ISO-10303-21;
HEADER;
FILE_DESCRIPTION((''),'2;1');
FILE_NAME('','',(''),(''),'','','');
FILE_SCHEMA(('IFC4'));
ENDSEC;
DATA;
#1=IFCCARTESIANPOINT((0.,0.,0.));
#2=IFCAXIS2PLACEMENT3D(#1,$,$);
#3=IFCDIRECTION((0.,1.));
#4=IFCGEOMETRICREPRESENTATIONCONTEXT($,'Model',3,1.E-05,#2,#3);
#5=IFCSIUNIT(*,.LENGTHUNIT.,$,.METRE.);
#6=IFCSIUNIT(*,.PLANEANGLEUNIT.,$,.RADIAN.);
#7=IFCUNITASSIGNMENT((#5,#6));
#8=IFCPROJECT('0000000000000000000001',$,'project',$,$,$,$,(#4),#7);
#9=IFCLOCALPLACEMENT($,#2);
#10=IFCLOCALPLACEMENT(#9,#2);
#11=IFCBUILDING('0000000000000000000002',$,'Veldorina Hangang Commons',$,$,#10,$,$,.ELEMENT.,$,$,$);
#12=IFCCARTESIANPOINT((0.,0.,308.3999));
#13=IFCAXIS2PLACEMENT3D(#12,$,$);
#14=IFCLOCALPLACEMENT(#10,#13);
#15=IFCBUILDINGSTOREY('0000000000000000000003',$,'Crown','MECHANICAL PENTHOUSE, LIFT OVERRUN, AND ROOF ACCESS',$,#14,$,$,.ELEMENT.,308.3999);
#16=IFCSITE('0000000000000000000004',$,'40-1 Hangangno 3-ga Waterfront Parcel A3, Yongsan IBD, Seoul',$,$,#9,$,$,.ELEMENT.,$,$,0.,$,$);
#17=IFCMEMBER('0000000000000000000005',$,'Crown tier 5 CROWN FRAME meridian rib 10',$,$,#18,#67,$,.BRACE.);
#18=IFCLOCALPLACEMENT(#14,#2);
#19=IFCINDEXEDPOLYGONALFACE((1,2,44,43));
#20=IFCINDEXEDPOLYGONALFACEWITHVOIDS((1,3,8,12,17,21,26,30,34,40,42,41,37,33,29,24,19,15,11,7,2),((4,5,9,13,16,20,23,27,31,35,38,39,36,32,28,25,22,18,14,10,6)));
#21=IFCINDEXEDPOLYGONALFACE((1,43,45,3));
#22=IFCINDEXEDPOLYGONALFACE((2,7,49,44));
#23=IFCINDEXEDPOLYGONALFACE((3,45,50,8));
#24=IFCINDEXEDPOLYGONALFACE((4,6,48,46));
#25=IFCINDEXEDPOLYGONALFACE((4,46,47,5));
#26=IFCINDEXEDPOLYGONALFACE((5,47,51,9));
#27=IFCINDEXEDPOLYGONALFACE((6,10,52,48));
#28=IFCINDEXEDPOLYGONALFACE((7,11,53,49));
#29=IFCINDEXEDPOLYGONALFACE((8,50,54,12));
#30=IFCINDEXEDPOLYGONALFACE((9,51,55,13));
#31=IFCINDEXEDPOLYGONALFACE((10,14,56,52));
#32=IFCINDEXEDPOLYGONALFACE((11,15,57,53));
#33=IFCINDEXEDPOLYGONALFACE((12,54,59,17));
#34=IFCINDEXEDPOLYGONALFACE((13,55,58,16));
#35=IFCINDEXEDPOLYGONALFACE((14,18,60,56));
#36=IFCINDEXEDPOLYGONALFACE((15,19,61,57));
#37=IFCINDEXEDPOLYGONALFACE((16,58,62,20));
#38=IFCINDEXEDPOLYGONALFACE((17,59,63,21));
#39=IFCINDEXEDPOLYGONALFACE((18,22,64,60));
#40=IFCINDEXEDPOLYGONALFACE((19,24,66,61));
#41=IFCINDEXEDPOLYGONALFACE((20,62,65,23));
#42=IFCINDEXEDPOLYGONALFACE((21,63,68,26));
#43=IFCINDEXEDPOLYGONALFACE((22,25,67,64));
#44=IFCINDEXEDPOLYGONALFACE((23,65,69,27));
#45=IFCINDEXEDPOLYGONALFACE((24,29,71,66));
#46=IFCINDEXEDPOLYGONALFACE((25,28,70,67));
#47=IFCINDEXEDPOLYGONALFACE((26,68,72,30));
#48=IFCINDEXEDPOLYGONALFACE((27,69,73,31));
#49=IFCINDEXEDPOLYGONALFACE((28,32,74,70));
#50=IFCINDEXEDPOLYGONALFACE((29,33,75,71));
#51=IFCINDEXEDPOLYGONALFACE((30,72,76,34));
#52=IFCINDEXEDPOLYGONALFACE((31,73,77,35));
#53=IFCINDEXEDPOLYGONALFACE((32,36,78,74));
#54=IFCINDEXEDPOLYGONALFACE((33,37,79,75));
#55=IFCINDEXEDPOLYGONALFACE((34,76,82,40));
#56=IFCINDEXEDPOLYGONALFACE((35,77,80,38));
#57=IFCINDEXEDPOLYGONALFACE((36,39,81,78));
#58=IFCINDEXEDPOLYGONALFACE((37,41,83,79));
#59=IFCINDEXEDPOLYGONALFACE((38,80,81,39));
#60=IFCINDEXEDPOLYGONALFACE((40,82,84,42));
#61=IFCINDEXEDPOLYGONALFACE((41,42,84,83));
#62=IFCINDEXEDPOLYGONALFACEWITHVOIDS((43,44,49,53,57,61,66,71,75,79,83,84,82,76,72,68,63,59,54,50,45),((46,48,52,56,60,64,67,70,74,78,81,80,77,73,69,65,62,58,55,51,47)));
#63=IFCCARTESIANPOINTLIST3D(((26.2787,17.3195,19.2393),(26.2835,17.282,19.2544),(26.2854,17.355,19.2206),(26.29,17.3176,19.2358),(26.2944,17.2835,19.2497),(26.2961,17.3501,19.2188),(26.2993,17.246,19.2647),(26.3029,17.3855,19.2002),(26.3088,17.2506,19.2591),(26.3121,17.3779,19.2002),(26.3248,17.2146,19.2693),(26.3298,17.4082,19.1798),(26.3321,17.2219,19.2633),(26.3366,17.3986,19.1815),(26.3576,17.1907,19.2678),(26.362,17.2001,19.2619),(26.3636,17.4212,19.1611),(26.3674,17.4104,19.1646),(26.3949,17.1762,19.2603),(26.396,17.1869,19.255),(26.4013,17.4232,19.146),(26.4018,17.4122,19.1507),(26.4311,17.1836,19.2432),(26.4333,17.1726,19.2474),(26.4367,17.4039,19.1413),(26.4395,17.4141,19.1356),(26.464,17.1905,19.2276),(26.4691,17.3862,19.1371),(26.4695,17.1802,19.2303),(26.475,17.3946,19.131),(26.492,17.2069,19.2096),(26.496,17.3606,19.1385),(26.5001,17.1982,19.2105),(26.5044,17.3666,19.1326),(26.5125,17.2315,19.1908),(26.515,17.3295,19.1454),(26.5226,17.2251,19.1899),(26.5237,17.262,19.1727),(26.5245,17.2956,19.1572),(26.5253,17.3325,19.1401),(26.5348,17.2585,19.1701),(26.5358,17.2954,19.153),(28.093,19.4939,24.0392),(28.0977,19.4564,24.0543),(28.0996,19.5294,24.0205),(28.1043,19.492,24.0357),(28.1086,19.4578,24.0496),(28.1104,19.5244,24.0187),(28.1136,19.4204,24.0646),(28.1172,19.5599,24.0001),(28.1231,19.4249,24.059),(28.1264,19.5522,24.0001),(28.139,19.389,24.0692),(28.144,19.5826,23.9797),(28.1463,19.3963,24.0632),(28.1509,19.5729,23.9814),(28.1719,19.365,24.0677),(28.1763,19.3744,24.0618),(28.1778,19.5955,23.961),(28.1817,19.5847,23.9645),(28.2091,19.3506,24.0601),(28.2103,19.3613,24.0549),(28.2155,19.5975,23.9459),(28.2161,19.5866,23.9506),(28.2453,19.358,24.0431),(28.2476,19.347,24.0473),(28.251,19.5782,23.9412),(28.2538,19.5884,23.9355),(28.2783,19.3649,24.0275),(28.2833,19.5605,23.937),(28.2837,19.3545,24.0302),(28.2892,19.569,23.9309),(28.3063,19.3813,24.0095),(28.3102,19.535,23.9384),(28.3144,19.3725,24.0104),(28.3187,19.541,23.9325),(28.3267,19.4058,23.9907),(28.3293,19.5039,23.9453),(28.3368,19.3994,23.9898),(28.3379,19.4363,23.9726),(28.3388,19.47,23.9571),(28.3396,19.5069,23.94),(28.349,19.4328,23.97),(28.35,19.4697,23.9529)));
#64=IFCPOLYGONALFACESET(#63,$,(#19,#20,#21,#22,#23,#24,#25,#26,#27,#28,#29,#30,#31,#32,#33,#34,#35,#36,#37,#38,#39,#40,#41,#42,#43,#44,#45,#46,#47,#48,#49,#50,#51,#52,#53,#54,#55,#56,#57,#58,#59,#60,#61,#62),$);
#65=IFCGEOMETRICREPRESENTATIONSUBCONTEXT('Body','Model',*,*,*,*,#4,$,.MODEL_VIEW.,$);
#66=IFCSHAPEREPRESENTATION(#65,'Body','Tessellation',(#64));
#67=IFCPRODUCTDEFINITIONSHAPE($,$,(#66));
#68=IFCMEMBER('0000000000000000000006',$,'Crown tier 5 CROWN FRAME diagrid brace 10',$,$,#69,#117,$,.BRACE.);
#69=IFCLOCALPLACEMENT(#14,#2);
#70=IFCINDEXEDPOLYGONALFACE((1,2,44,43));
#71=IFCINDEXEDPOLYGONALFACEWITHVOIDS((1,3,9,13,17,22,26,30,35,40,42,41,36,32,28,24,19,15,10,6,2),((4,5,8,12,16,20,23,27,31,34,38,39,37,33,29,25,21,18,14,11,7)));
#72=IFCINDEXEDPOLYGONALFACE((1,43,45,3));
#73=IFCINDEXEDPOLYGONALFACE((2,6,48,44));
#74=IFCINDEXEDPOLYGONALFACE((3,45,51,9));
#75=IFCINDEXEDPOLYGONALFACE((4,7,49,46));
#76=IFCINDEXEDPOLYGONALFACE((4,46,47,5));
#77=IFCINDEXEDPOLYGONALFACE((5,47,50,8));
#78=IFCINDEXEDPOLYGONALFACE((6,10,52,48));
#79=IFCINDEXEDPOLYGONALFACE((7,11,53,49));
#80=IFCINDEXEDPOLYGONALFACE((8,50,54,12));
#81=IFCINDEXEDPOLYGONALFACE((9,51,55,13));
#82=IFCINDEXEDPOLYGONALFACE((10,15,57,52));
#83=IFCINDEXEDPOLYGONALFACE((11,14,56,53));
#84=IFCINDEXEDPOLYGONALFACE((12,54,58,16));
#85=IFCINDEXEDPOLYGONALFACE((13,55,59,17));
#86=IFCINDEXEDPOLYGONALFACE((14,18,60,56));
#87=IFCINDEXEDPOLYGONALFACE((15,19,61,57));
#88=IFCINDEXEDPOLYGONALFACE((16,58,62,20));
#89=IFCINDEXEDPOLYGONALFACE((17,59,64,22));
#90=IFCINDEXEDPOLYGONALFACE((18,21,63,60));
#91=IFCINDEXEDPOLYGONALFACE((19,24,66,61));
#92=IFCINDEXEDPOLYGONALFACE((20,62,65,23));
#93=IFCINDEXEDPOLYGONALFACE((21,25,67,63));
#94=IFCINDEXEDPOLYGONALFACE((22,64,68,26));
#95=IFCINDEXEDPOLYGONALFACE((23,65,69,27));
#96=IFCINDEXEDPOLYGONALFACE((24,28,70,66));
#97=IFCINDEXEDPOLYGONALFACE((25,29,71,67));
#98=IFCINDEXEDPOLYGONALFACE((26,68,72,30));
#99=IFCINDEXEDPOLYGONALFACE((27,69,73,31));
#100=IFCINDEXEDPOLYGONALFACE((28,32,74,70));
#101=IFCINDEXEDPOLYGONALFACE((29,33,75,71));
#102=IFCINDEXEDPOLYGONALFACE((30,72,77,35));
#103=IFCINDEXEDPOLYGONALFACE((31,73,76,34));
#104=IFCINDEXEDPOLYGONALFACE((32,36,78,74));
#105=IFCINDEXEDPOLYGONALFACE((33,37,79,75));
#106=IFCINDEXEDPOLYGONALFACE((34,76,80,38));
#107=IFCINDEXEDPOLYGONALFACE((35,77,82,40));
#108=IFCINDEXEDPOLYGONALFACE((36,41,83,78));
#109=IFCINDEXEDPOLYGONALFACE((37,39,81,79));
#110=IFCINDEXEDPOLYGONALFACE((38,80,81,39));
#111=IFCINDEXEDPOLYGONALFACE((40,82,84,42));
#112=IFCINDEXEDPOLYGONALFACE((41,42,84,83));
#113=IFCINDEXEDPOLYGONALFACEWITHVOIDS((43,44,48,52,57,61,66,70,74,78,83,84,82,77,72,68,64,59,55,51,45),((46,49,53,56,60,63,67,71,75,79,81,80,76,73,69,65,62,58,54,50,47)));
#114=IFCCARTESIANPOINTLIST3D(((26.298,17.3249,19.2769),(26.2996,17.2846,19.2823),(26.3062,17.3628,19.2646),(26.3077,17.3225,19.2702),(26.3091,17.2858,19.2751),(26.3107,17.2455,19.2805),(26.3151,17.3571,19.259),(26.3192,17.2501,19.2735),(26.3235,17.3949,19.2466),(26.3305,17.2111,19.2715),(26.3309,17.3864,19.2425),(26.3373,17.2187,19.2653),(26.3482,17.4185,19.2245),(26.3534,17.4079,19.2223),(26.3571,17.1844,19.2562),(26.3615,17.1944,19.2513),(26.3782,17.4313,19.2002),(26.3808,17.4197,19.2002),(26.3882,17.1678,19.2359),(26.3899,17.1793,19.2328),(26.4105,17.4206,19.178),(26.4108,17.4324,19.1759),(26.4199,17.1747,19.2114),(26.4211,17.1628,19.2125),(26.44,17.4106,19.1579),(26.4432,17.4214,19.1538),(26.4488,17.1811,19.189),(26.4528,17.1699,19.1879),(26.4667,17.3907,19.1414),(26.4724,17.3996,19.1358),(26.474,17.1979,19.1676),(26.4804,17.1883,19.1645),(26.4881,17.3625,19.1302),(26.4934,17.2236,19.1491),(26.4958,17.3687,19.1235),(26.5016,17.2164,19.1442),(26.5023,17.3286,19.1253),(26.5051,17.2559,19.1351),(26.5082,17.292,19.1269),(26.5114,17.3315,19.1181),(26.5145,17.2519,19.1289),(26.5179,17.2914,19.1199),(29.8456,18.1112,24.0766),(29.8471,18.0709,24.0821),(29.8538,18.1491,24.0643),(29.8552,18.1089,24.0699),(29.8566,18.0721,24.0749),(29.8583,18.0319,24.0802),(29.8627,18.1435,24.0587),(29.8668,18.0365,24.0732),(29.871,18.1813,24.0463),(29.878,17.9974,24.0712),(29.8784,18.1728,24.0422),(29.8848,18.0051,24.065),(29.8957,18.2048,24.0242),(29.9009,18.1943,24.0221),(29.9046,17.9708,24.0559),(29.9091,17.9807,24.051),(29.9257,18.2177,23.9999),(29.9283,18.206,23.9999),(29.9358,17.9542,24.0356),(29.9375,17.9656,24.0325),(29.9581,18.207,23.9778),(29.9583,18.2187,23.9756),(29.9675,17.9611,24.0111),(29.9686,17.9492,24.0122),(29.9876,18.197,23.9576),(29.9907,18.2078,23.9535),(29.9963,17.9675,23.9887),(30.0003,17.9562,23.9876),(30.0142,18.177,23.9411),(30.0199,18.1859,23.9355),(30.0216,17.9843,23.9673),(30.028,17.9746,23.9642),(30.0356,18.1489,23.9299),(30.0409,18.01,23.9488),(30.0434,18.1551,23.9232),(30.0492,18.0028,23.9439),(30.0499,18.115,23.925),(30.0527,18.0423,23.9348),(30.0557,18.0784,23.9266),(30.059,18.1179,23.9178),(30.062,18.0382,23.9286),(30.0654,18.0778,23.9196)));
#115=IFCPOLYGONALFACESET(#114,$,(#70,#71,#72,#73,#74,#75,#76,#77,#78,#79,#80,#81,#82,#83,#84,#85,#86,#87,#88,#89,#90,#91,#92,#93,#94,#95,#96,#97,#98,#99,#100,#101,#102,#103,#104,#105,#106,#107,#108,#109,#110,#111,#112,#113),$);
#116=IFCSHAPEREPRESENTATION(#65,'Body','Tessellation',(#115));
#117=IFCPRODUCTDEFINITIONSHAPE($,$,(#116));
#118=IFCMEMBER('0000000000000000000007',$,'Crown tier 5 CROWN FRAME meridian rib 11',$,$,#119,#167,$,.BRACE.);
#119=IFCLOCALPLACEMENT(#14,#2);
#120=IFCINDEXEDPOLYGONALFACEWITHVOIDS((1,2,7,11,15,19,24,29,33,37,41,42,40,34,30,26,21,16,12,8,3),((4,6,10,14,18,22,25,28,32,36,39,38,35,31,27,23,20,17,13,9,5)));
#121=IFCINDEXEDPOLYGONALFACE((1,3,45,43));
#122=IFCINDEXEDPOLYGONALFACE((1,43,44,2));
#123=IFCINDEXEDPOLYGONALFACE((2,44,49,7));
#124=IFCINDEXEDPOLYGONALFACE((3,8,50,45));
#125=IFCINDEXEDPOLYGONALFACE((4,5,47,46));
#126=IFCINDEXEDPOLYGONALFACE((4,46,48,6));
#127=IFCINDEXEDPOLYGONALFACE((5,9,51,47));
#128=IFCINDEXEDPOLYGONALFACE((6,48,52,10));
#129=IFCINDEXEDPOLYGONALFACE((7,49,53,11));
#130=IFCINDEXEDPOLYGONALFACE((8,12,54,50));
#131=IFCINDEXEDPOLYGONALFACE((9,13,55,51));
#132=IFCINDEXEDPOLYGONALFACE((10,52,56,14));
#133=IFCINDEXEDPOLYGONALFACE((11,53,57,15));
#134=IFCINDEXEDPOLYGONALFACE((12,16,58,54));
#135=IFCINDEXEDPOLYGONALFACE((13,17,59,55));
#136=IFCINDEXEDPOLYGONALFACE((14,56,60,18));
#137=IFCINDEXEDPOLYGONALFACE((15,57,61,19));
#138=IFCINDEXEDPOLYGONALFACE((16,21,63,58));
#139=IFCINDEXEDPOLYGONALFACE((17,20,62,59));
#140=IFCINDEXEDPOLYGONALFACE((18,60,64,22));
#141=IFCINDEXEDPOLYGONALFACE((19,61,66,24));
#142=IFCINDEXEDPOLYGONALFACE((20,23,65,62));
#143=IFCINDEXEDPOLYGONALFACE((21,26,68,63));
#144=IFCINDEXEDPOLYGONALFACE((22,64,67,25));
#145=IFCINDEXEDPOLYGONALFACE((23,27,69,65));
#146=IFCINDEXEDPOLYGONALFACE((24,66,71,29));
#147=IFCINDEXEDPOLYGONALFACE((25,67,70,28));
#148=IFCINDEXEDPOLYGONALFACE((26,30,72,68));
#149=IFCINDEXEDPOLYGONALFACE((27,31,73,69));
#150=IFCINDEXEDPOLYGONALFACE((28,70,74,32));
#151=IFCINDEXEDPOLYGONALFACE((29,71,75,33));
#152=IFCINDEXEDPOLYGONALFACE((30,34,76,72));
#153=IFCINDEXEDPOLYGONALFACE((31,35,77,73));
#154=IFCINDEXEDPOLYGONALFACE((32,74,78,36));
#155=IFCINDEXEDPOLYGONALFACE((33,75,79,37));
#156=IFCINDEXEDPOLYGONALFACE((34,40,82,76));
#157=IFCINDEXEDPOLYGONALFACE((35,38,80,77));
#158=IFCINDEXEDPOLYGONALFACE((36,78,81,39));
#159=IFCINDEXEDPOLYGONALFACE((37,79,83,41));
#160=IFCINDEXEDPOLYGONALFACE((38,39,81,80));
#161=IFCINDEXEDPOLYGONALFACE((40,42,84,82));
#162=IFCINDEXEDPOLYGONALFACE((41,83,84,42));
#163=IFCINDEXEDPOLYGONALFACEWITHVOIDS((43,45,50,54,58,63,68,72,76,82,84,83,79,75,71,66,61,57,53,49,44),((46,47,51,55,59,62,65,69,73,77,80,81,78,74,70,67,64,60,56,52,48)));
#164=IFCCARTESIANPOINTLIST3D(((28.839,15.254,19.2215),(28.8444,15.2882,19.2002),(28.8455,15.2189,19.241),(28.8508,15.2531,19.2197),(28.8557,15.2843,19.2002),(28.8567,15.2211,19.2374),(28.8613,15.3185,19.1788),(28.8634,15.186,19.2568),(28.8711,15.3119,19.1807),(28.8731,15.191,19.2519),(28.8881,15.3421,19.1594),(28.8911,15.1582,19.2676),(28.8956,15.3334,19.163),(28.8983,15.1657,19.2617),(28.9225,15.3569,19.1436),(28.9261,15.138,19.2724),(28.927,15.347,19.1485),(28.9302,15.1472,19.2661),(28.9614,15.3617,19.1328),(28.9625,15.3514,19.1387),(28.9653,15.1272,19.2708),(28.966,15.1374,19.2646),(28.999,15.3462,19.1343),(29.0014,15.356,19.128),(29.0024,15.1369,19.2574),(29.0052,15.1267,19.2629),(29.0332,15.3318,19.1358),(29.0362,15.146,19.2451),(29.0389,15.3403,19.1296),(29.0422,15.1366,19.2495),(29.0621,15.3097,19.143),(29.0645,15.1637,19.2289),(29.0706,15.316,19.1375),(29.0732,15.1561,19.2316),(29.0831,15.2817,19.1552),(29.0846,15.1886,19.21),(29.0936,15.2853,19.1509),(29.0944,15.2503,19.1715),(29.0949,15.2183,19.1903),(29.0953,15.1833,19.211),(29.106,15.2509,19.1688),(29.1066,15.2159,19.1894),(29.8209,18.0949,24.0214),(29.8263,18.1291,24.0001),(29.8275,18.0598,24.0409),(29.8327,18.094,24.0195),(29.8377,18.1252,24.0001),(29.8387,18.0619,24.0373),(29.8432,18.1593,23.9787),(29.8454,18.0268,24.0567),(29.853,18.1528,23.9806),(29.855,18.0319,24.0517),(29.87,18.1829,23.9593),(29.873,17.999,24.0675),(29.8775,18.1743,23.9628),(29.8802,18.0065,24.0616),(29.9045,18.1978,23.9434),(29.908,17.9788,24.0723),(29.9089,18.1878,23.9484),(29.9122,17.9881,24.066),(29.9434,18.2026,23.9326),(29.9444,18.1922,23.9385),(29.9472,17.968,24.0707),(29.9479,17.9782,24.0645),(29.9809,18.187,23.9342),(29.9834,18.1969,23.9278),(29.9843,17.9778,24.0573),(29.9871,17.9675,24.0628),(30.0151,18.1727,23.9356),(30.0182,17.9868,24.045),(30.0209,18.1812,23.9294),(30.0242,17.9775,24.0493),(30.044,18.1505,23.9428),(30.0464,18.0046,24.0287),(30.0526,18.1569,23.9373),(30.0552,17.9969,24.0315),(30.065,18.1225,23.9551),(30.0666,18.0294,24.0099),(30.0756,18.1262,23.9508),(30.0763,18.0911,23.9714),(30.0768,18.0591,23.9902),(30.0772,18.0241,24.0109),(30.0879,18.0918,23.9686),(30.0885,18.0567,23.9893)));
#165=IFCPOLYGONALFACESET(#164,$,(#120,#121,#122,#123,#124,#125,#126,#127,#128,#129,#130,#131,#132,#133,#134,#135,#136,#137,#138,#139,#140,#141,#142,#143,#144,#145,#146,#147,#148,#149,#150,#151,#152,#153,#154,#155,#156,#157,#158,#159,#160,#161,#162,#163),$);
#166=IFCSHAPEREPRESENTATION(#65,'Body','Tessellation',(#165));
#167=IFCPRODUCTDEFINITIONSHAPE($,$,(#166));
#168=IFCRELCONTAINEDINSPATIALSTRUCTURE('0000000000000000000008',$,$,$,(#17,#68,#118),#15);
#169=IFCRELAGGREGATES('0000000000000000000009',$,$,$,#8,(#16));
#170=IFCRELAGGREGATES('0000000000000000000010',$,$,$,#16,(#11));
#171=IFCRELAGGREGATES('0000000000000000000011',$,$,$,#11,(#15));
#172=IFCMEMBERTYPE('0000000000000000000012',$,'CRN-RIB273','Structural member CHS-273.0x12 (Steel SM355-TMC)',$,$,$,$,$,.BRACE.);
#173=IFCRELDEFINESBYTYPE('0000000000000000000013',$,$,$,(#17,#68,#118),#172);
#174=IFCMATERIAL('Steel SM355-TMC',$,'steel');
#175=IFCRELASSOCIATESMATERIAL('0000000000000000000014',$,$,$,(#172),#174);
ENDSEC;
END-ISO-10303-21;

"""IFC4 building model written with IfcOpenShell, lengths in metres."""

from ifc_helpers import new_model, si_unit, direction, frame, origin, origin_2d, place, context, subcontext, project, spatial, hollow_circle, extrude, material, material_profile, profile_set, type_object, element, save


model = new_model("IFC4")

# Units and contexts
model_context = context("Model", 3, precision=1e-05, world=origin(), true_north=direction((0.0, 1.0)))
body_context = subcontext(model_context, "Body", "Model", "MODEL_VIEW")
ifc_project = project(units=[si_unit("LENGTHUNIT", "METRE"), si_unit("PLANEANGLEUNIT", "RADIAN")], contexts=[model_context])

# Site, building, storey
site_placement = place(None, origin())
site = spatial("IfcSite", under=ifc_project, at=site_placement, Name="40-1 Hangangno 3-ga Waterfront Parcel A3, Yongsan IBD, Seoul", CompositionType="ELEMENT", RefElevation=0.0)
building_placement = place(site_placement, origin())
building = spatial("IfcBuilding", under=site, at=building_placement, Name="Veldorina Hangang Commons", CompositionType="ELEMENT")
storey_placement = place(building_placement, frame((0.0, 0.0, 308.3999)))
storey = spatial("IfcBuildingStorey", under=building, at=storey_placement, Name="Crown", Description="MECHANICAL PENTHOUSE, LIFT OVERRUN, AND ROOF ACCESS", CompositionType="ELEMENT", Elevation=308.3999)

# Members
ifc_material_1 = material(Name="Steel SM355-TMC", Category="steel")
ifc_material_profile_1 = material_profile(ifc_material_1, hollow_circle(Radius=0.1365, WallThickness=0.012, at=origin_2d()), Name="CHS-273.0x12")
ifc_profile_set_1 = profile_set([ifc_material_profile_1], Name="Steel SM355-TMC")
member_type_1 = type_object("IfcMemberType", Name="CRN-RIB273", Description="Structural member CHS-273.0x12 (Steel SM355-TMC)", PredefinedType="BRACE", material=ifc_profile_set_1)
member_1_placement = place(storey_placement, frame((26.4077, 17.2981, 19.2002), z_axis=(0.325542, 0.390159, 0.861277), x_axis=(-0.767825, 0.640659, 0.0)))
element("IfcMember", 1, at=member_1_placement, inside=storey, type_object=member_type_1, Name="Crown tier 5 CROWN FRAME meridian rib 10", PredefinedType="BRACE", context=body_context, shape_type="SweptSolid", body=[
    extrude(hollow_circle(Radius=0.1365, WallThickness=0.012, at=origin_2d()), origin(), (0.0, 0.0, 1.0), 5.573),
])
member_2_placement = place(storey_placement, frame((26.4077, 17.2981, 19.2002), z_axis=(0.58929, 0.130624, 0.797292), x_axis=(-0.216411, 0.976302, 0.0)))
element("IfcMember", 2, at=member_2_placement, inside=storey, type_object=member_type_1, Name="Crown tier 5 CROWN FRAME diagrid brace 10", PredefinedType="BRACE", context=body_context, shape_type="SweptSolid", body=[
    extrude(hollow_circle(Radius=0.1365, WallThickness=0.012, at=origin_2d()), origin(), (0.0, 0.0, 1.0), 6.02),
])
member_3_placement = place(storey_placement, frame((28.9734, 15.2437, 19.2002), z_axis=(0.173386, 0.501622, 0.847533), x_axis=(-0.945133, 0.326686, 0.0)))
element("IfcMember", 3, at=member_3_placement, inside=storey, type_object=member_type_1, Name="Crown tier 5 CROWN FRAME meridian rib 11", PredefinedType="BRACE", context=body_context, shape_type="SweptSolid", body=[
    extrude(hollow_circle(Radius=0.1365, WallThickness=0.012, at=origin_2d()), origin(), (0.0, 0.0, 1.0), 5.6633),
])

save(model, "model.ifc")
